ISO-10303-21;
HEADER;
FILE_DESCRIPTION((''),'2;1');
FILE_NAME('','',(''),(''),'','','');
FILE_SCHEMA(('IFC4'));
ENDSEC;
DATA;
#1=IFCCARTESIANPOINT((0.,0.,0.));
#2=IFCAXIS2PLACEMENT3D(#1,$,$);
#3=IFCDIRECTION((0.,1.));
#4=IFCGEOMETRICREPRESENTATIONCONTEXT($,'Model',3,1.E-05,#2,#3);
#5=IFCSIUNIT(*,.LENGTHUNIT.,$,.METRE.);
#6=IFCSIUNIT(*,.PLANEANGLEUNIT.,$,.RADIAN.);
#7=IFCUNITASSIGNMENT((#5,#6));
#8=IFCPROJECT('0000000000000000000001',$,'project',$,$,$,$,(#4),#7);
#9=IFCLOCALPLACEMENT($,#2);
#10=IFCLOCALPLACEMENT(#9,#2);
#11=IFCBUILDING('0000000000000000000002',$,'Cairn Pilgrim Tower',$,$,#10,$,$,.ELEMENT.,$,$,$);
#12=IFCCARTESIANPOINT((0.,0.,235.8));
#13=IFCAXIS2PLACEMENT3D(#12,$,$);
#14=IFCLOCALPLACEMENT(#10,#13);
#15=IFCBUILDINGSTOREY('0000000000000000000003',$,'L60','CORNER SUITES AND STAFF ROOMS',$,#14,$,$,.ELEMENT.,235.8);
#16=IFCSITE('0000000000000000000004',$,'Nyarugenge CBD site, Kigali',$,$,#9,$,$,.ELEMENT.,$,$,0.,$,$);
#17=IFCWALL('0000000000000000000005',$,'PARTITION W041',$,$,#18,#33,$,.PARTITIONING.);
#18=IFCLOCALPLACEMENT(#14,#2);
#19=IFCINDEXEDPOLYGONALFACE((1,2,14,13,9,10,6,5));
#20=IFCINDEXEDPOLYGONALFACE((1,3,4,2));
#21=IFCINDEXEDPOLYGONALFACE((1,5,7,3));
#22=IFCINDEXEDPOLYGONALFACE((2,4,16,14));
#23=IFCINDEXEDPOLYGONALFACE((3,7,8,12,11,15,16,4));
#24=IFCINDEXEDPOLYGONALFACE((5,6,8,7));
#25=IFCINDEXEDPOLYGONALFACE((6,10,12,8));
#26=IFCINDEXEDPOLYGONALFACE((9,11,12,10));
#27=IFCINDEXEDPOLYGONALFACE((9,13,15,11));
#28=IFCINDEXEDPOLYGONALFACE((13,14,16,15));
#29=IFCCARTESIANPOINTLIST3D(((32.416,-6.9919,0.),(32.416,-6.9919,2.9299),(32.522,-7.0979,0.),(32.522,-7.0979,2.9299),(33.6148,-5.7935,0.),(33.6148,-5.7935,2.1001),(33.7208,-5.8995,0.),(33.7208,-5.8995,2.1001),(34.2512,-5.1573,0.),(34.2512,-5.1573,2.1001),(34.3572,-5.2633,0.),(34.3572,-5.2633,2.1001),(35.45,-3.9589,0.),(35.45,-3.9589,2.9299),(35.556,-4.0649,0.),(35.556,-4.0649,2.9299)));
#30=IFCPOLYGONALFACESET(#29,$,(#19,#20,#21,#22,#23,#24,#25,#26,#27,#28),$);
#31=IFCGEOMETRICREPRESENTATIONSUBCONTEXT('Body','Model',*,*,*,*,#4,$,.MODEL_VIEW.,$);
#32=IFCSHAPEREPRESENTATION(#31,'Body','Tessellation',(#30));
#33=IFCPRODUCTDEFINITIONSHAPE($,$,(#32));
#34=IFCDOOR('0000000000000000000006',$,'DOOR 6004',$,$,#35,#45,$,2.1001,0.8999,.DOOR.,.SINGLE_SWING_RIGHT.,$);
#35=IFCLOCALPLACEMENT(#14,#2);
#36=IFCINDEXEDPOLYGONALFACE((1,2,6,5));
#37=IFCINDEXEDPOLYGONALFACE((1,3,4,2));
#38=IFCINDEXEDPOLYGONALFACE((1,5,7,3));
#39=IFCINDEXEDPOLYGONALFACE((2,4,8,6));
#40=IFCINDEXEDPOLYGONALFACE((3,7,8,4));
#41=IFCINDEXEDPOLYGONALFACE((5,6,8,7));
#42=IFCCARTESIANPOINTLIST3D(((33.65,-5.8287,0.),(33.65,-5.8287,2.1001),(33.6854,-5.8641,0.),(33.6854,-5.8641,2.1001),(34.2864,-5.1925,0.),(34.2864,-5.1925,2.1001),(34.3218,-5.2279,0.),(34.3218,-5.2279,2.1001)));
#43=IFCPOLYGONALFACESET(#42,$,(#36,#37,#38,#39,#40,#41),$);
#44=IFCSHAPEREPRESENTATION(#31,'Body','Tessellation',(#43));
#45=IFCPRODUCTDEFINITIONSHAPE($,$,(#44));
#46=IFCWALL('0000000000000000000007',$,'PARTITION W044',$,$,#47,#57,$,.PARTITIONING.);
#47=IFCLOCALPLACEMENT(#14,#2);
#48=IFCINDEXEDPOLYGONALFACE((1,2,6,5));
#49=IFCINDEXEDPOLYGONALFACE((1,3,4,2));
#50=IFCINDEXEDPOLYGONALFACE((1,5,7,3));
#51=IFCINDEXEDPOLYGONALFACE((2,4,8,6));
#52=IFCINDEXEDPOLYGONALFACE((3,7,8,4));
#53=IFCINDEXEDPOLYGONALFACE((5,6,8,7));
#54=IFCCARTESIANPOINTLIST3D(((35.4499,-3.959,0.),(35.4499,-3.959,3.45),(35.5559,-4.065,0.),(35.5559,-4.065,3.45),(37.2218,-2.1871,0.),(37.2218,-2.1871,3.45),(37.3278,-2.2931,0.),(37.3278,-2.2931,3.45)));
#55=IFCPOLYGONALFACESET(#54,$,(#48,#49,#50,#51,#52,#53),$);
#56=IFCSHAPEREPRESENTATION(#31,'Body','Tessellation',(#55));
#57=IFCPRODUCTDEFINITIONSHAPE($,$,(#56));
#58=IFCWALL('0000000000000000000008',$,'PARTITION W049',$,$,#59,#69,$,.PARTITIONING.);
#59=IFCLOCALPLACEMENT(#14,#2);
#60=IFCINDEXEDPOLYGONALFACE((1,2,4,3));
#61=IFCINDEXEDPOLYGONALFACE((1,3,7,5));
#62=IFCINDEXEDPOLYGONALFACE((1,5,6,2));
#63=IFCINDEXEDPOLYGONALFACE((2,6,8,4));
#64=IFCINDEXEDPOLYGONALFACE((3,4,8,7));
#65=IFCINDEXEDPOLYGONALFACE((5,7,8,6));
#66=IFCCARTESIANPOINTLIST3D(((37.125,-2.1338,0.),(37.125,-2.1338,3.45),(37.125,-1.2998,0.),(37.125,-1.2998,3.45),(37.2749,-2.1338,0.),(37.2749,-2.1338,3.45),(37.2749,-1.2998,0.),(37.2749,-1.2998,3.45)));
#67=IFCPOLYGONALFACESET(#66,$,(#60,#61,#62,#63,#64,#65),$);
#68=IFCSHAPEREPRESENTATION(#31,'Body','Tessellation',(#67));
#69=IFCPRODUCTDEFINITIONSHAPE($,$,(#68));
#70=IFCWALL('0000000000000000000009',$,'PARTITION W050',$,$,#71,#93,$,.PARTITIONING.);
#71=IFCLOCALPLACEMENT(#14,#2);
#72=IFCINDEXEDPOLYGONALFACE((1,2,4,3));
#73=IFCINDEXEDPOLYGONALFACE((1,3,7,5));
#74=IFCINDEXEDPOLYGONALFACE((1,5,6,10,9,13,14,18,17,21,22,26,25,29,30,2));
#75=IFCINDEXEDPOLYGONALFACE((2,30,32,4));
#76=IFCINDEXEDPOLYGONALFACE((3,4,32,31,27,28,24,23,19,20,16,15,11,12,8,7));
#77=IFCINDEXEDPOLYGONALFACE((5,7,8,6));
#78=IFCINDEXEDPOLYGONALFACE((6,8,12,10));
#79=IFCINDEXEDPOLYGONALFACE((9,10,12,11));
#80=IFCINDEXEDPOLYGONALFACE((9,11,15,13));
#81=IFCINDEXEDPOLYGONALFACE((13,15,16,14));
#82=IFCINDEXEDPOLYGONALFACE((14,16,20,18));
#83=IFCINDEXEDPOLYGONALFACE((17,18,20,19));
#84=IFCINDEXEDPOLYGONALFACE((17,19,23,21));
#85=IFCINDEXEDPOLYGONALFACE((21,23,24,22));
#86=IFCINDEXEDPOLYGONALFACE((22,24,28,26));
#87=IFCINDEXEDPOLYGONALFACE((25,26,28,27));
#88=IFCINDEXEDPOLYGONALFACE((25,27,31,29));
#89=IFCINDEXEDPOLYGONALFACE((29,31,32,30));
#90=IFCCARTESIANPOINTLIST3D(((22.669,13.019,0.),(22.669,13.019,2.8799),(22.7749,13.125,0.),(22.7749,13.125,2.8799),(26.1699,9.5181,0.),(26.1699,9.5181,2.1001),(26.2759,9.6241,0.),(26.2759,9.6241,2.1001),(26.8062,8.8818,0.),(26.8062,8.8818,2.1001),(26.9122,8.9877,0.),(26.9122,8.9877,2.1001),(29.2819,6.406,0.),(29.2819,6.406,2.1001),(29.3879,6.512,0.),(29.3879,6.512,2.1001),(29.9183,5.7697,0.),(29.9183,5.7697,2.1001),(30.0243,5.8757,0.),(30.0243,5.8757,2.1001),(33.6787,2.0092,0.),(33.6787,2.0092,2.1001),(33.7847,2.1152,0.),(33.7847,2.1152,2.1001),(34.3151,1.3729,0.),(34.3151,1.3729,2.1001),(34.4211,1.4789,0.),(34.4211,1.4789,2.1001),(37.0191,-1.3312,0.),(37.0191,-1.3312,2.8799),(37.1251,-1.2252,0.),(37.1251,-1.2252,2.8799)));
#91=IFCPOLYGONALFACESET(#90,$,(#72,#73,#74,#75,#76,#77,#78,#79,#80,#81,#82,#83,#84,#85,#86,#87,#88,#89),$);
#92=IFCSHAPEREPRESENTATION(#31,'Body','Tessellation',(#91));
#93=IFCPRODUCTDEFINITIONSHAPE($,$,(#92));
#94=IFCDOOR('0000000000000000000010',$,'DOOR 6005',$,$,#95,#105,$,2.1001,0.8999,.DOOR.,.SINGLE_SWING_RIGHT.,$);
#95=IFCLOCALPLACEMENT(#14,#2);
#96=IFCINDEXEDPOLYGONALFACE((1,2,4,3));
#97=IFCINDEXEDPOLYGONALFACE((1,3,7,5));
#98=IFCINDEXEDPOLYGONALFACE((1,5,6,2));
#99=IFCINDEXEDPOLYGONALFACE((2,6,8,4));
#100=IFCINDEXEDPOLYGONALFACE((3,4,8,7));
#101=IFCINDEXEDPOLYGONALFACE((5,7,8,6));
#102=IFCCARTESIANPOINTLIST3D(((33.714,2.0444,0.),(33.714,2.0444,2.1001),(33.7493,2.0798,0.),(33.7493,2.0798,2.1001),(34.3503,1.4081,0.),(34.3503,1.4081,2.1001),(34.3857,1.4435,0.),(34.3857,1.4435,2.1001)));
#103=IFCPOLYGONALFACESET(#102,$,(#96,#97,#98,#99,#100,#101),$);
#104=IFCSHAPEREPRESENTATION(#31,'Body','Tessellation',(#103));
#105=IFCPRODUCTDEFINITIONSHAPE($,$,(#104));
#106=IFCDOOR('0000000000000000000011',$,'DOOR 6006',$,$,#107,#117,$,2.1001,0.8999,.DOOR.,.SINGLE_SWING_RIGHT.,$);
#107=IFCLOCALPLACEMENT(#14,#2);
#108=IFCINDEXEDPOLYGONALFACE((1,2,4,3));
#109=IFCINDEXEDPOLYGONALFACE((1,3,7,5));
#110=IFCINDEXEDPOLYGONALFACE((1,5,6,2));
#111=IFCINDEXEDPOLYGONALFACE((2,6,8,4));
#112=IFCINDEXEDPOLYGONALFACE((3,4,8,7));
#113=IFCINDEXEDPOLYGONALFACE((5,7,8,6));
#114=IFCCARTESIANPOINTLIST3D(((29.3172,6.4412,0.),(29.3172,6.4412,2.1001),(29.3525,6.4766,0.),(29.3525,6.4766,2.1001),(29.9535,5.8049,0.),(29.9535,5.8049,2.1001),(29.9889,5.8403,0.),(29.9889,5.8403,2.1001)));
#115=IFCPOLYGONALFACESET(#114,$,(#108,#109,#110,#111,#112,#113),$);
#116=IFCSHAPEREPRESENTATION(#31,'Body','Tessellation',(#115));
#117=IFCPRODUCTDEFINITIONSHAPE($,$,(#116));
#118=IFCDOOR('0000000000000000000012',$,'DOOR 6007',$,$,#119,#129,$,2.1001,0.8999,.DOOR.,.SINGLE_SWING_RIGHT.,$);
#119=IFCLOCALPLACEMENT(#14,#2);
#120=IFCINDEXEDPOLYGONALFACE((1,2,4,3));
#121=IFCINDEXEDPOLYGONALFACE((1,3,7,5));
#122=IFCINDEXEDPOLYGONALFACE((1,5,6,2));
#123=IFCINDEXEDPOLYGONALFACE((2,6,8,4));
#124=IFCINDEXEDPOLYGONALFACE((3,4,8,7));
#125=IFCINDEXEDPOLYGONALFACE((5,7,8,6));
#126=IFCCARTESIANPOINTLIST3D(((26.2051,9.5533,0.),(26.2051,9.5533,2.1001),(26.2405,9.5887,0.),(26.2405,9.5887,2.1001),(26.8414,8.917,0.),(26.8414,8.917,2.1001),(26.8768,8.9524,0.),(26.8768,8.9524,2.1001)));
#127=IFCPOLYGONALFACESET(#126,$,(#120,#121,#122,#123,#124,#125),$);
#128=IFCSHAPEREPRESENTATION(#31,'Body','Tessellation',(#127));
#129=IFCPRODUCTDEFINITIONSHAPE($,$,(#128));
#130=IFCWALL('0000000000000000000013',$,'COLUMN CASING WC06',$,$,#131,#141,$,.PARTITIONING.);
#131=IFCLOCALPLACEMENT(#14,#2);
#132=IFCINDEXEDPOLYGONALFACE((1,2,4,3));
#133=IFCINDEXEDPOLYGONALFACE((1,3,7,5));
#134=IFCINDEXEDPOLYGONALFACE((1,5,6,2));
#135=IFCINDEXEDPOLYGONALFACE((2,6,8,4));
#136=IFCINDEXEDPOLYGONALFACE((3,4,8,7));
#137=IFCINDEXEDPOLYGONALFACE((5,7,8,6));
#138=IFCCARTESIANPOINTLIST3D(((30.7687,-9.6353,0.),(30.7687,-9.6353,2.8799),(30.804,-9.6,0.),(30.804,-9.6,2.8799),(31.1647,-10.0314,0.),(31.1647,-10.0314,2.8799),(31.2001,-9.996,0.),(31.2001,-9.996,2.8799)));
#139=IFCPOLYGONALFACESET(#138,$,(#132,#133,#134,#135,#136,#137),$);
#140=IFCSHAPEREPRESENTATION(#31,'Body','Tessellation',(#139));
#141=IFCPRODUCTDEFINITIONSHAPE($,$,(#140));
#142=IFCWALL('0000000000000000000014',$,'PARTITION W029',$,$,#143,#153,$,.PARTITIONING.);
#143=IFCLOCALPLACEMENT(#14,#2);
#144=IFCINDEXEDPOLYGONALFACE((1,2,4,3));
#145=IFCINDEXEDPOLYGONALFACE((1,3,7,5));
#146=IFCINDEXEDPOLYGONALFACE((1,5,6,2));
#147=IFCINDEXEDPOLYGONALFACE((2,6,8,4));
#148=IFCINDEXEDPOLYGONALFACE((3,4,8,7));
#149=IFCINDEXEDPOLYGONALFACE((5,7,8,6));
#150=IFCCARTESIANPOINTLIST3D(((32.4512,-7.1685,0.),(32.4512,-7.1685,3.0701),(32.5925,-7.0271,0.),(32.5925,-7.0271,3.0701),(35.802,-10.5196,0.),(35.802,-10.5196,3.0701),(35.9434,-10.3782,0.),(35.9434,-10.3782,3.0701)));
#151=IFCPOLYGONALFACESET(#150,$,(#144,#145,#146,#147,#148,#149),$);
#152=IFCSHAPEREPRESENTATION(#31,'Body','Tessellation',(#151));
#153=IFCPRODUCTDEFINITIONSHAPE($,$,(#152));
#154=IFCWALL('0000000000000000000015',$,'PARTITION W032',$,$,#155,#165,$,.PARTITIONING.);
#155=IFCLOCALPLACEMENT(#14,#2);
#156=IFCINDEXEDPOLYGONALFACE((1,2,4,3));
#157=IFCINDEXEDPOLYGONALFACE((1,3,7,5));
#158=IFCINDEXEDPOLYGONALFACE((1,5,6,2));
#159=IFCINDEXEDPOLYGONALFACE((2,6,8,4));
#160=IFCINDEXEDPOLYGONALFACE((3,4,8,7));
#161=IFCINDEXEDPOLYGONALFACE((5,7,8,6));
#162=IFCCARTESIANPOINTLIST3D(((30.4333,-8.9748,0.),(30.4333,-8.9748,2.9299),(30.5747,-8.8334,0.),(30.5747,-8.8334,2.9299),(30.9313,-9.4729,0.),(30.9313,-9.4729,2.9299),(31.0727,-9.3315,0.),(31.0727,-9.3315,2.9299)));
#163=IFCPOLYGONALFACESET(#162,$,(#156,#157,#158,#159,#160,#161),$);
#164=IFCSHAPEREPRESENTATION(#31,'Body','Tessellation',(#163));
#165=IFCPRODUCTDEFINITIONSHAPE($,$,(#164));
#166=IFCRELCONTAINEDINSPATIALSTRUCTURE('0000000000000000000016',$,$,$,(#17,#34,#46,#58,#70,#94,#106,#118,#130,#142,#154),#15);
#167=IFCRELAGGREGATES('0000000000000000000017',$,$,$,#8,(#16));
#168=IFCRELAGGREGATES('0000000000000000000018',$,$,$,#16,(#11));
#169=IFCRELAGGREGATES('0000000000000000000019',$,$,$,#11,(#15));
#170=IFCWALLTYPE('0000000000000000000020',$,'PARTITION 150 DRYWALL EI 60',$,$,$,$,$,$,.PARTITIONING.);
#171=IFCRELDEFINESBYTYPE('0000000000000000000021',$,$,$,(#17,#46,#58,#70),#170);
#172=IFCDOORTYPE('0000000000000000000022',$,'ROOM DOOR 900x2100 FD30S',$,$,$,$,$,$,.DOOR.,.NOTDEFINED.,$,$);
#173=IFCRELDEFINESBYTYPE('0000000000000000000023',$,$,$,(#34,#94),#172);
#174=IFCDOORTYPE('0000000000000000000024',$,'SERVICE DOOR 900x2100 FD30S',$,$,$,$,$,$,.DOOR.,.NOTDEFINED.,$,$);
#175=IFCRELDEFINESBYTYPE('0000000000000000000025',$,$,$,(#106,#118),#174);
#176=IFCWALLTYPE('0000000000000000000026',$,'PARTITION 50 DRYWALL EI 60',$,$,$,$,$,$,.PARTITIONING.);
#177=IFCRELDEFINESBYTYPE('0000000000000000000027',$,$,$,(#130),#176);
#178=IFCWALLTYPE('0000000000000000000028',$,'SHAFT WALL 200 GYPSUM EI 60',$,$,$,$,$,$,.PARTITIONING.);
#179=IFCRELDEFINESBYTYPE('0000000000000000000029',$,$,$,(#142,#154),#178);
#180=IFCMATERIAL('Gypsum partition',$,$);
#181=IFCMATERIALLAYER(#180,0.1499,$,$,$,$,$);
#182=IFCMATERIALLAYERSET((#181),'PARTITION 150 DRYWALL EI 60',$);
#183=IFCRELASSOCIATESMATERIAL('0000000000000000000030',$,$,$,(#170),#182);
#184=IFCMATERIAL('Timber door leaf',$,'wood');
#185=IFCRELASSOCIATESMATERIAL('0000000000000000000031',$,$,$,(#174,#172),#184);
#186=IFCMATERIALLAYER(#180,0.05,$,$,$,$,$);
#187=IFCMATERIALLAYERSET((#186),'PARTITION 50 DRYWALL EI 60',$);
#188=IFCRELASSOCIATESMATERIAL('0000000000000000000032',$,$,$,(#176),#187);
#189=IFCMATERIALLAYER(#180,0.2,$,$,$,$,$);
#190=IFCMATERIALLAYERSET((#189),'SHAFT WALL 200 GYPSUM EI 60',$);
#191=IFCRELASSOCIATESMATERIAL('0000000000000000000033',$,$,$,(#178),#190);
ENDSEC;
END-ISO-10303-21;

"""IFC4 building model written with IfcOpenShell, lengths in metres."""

from ifc_helpers import new_model, si_unit, direction, frame, frame_2d, origin, place, context, subcontext, project, spatial, rectangle, extrude, material, layer, layer_set, type_object, element, fill, save


model = new_model("IFC4")

# Units and contexts
model_context = context("Model", 3, precision=1e-05, world=origin(), true_north=direction((0.0, 1.0)))
body_context = subcontext(model_context, "Body", "Model", "MODEL_VIEW")
ifc_project = project(units=[si_unit("LENGTHUNIT", "METRE"), si_unit("PLANEANGLEUNIT", "RADIAN")], contexts=[model_context])

# Site, building, storey
site_placement = place(None, origin())
site = spatial("IfcSite", under=ifc_project, at=site_placement, Name="Nyarugenge CBD site, Kigali", CompositionType="ELEMENT", RefElevation=0.0)
building_placement = place(site_placement, origin())
building = spatial("IfcBuilding", under=site, at=building_placement, Name="Cairn Pilgrim Tower", CompositionType="ELEMENT")
storey_placement = place(building_placement, frame((0.0, 0.0, 235.8)))
storey = spatial("IfcBuildingStorey", under=building, at=storey_placement, Name="L60", Description="CORNER SUITES AND STAFF ROOMS", CompositionType="ELEMENT", Elevation=235.8)

# Shared definitions
ifc_material_1 = material(Name="Gypsum partition")

# Wall, opening, door
ifc_material_2 = material(Name="Timber door leaf", Category="wood")
ifc_layer_1 = layer(ifc_material_1, 0.1499)
ifc_layer_set_1 = layer_set([ifc_layer_1], Name="PARTITION 150 DRYWALL EI 60")
wall_type_1 = type_object("IfcWallType", Name="PARTITION 150 DRYWALL EI 60", PredefinedType="PARTITIONING", material=ifc_layer_set_1)
door_type_1 = type_object("IfcDoorType", Name="SERVICE DOOR 900x2100 FD30S", OperationType="NOTDEFINED", PredefinedType="DOOR", material=ifc_material_2)
wall_1_placement = place(storey_placement, frame((32.469, -7.0449, 0.0), z_axis=(0.0, 0.0, 1.0), x_axis=(0.707221, 0.706993, 0.0)))
wall_1 = element("IfcWall", 1, at=wall_1_placement, inside=storey, type_object=wall_type_1, Name="PARTITION W041", PredefinedType="PARTITIONING", context=body_context, shape_type="SweptSolid", body=[
    extrude(rectangle(XDim=4.29, YDim=0.1499, at=frame_2d((2.145, 0.0))), origin(), (0.0, 0.0, 1.0), 2.9299),
])
opening_1_placement = place(wall_1_placement, frame((1.6951, 0.0, 0.0)))
opening_1 = element("IfcOpeningElement", 2, at=opening_1_placement, cuts=wall_1, PredefinedType="OPENING", context=body_context, shape_type="SweptSolid", body=[
    extrude(rectangle(XDim=0.8999, YDim=2.1001, at=frame_2d((0.45, 1.05))), frame((0.0, 0.085, 0.0), z_axis=(0.0, -1.0, 0.0), x_axis=(1.0, 0.0, 0.0)), (0.0, 0.0, 1.0), 0.1699),
])
door_type_2 = type_object("IfcDoorType", Name="ROOM DOOR 900x2100 FD30S", OperationType="NOTDEFINED", PredefinedType="DOOR", material=ifc_material_2)
door_1_placement = place(opening_1_placement, frame((0.8999, 0.0, 0.0), z_axis=(0.0, 0.0, 1.0), x_axis=(-1.0, 0.0, 0.0)))
door_1 = element("IfcDoor", 3, at=door_1_placement, inside=storey, type_object=door_type_2, Name="DOOR 6004", OperationType="SINGLE_SWING_RIGHT", OverallHeight=2.1001, OverallWidth=0.8999, PredefinedType="DOOR", context=body_context, shape_type="SweptSolid", body=[
    extrude(rectangle(XDim=0.8999, YDim=2.1001, at=frame_2d((0.45, 1.05))), frame((0.0, 0.0249, 0.0), z_axis=(0.0, -1.0, 0.0), x_axis=(1.0, 0.0, 0.0)), (0.0, 0.0, 1.0), 0.05),
])
fill(opening_1, door_1)

# Walls
wall_2_placement = place(storey_placement, frame((35.5029, -4.012, 0.0), z_axis=(0.0, 0.0, 1.0), x_axis=(0.707107, 0.707107, 0.0)))
element("IfcWall", 4, at=wall_2_placement, inside=storey, type_object=wall_type_1, Name="PARTITION W044", PredefinedType="PARTITIONING", context=body_context, shape_type="SweptSolid", body=[
    extrude(rectangle(XDim=2.5059, YDim=0.1499, at=frame_2d((1.2529, 0.0))), origin(), (0.0, 0.0, 1.0), 3.45),
])
wall_3_placement = place(storey_placement, frame((37.2, -2.1338, 0.0), z_axis=(0.0, 0.0, 1.0), x_axis=(0.0, 1.0, 0.0)))
element("IfcWall", 5, at=wall_3_placement, inside=storey, type_object=wall_type_1, Name="PARTITION W049", PredefinedType="PARTITIONING", context=body_context, shape_type="SweptSolid", body=[
    extrude(rectangle(XDim=0.834, YDim=0.1499, at=frame_2d((0.417, 0.0))), origin(), (0.0, 0.0, 1.0), 3.45),
])

# Wall, openings, doors
wall_4_placement = place(storey_placement, frame((37.072, -1.2781, 0.0), z_axis=(0.0, 0.0, 1.0), x_axis=(-0.707107, 0.707107, 0.0)))
wall_4 = element("IfcWall", 6, at=wall_4_placement, inside=storey, type_object=wall_type_1, Name="PARTITION W050", PredefinedType="PARTITIONING", context=body_context, shape_type="SweptSolid", body=[
    extrude(rectangle(XDim=20.2942, YDim=0.1499, at=frame_2d((10.147, 0.0))), origin(), (0.0, 0.0, 1.0), 2.8799),
])
opening_2_placement = place(wall_4_placement, frame((3.824, 0.0, 0.0)))
opening_2 = element("IfcOpeningElement", 7, at=opening_2_placement, cuts=wall_4, PredefinedType="OPENING", context=body_context, shape_type="SweptSolid", body=[
    extrude(rectangle(XDim=0.8999, YDim=2.1001, at=frame_2d((0.45, 1.05))), frame((0.0, 0.085, 0.0), z_axis=(0.0, -1.0, 0.0), x_axis=(1.0, 0.0, 0.0)), (0.0, 0.0, 1.0), 0.1699),
])
opening_3_placement = place(wall_4_placement, frame((10.042, 0.0, 0.0)))
opening_3 = element("IfcOpeningElement", 8, at=opening_3_placement, cuts=wall_4, PredefinedType="OPENING", context=body_context, shape_type="SweptSolid", body=[
    extrude(rectangle(XDim=0.8999, YDim=2.1001, at=frame_2d((0.45, 1.05))), frame((0.0, 0.085, 0.0), z_axis=(0.0, -1.0, 0.0), x_axis=(1.0, 0.0, 0.0)), (0.0, 0.0, 1.0), 0.1699),
])
opening_4_placement = place(wall_4_placement, frame((14.4431, 0.0, 0.0)))
opening_4 = element("IfcOpeningElement", 9, at=opening_4_placement, cuts=wall_4, PredefinedType="OPENING", context=body_context, shape_type="SweptSolid", body=[
    extrude(rectangle(XDim=0.8999, YDim=2.1001, at=frame_2d((0.45, 1.05))), frame((0.0, 0.085, 0.0), z_axis=(0.0, -1.0, 0.0), x_axis=(1.0, 0.0, 0.0)), (0.0, 0.0, 1.0), 0.1699),
])
door_2_placement = place(opening_2_placement, frame((0.8999, 0.0, 0.0), z_axis=(0.0, 0.0, 1.0), x_axis=(-1.0, 0.0, 0.0)))
door_2 = element("IfcDoor", 10, at=door_2_placement, inside=storey, type_object=door_type_2, Name="DOOR 6005", OperationType="SINGLE_SWING_RIGHT", OverallHeight=2.1001, OverallWidth=0.8999, PredefinedType="DOOR", context=body_context, shape_type="SweptSolid", body=[
    extrude(rectangle(XDim=0.8999, YDim=2.1001, at=frame_2d((0.45, 1.05))), frame((0.0, 0.0249, 0.0), z_axis=(0.0, -1.0, 0.0), x_axis=(1.0, 0.0, 0.0)), (0.0, 0.0, 1.0), 0.05),
])
fill(opening_2, door_2)
door_3_placement = place(opening_3_placement, frame((0.8999, 0.0, 0.0), z_axis=(0.0, 0.0, 1.0), x_axis=(-1.0, 0.0, 0.0)))
door_3 = element("IfcDoor", 11, at=door_3_placement, inside=storey, type_object=door_type_1, Name="DOOR 6006", OperationType="SINGLE_SWING_RIGHT", OverallHeight=2.1001, OverallWidth=0.8999, PredefinedType="DOOR", context=body_context, shape_type="SweptSolid", body=[
    extrude(rectangle(XDim=0.8999, YDim=2.1001, at=frame_2d((0.45, 1.05))), frame((0.0, 0.0249, 0.0), z_axis=(0.0, -1.0, 0.0), x_axis=(1.0, 0.0, 0.0)), (0.0, 0.0, 1.0), 0.05),
])
fill(opening_3, door_3)
door_4_placement = place(opening_4_placement, frame((0.8999, 0.0, 0.0), z_axis=(0.0, 0.0, 1.0), x_axis=(-1.0, 0.0, 0.0)))
door_4 = element("IfcDoor", 12, at=door_4_placement, inside=storey, type_object=door_type_1, Name="DOOR 6007", OperationType="SINGLE_SWING_RIGHT", OverallHeight=2.1001, OverallWidth=0.8999, PredefinedType="DOOR", context=body_context, shape_type="SweptSolid", body=[
    extrude(rectangle(XDim=0.8999, YDim=2.1001, at=frame_2d((0.45, 1.05))), frame((0.0, 0.0249, 0.0), z_axis=(0.0, -1.0, 0.0), x_axis=(1.0, 0.0, 0.0)), (0.0, 0.0, 1.0), 0.05),
])
fill(opening_4, door_4)

# Walls
ifc_layer_2 = layer(ifc_material_1, 0.05)
ifc_layer_set_2 = layer_set([ifc_layer_2], Name="PARTITION 50 DRYWALL EI 60")
wall_type_2 = type_object("IfcWallType", Name="PARTITION 50 DRYWALL EI 60", PredefinedType="PARTITIONING", material=ifc_layer_set_2)
wall_5_placement = place(storey_placement, frame((31.1824, -10.0137, 0.0), z_axis=(0.0, 0.0, 1.0), x_axis=(-0.707107, 0.707107, 0.0)))
element("IfcWall", 13, at=wall_5_placement, inside=storey, type_object=wall_type_2, Name="COLUMN CASING WC06", PredefinedType="PARTITIONING", context=body_context, shape_type="SweptSolid", body=[
    extrude(rectangle(XDim=0.5601, YDim=0.05, at=frame_2d((0.28, 0.0))), origin(), (0.0, 0.0, 1.0), 2.8799),
])
ifc_layer_3 = layer(ifc_material_1, 0.2)
ifc_layer_set_3 = layer_set([ifc_layer_3], Name="SHAFT WALL 200 GYPSUM EI 60")
wall_type_3 = type_object("IfcWallType", Name="SHAFT WALL 200 GYPSUM EI 60", PredefinedType="PARTITIONING", material=ifc_layer_set_3)
wall_6_placement = place(storey_placement, frame((35.8728, -10.449, 0.0), z_axis=(0.0, 0.0, 1.0), x_axis=(-0.707081, 0.707133, 0.0)))
element("IfcWall", 14, at=wall_6_placement, inside=storey, type_object=wall_type_3, Name="PARTITION W029", PredefinedType="PARTITIONING", context=body_context, shape_type="SweptSolid", body=[
    extrude(rectangle(XDim=4.739, YDim=0.2, at=frame_2d((2.3696, 0.0))), origin(), (0.0, 0.0, 1.0), 3.0701),
])
wall_7_placement = place(storey_placement, frame((31.002, -9.4021, 0.0), z_axis=(0.0, 0.0, 1.0), x_axis=(-0.707107, 0.707107, 0.0)))
element("IfcWall", 15, at=wall_7_placement, inside=storey, type_object=wall_type_3, Name="PARTITION W032", PredefinedType="PARTITIONING", context=body_context, shape_type="SweptSolid", body=[
    extrude(rectangle(XDim=0.7043, YDim=0.2, at=frame_2d((0.3521, 0.0))), origin(), (0.0, 0.0, 1.0), 2.9299),
])

save(model, "model.ifc")
